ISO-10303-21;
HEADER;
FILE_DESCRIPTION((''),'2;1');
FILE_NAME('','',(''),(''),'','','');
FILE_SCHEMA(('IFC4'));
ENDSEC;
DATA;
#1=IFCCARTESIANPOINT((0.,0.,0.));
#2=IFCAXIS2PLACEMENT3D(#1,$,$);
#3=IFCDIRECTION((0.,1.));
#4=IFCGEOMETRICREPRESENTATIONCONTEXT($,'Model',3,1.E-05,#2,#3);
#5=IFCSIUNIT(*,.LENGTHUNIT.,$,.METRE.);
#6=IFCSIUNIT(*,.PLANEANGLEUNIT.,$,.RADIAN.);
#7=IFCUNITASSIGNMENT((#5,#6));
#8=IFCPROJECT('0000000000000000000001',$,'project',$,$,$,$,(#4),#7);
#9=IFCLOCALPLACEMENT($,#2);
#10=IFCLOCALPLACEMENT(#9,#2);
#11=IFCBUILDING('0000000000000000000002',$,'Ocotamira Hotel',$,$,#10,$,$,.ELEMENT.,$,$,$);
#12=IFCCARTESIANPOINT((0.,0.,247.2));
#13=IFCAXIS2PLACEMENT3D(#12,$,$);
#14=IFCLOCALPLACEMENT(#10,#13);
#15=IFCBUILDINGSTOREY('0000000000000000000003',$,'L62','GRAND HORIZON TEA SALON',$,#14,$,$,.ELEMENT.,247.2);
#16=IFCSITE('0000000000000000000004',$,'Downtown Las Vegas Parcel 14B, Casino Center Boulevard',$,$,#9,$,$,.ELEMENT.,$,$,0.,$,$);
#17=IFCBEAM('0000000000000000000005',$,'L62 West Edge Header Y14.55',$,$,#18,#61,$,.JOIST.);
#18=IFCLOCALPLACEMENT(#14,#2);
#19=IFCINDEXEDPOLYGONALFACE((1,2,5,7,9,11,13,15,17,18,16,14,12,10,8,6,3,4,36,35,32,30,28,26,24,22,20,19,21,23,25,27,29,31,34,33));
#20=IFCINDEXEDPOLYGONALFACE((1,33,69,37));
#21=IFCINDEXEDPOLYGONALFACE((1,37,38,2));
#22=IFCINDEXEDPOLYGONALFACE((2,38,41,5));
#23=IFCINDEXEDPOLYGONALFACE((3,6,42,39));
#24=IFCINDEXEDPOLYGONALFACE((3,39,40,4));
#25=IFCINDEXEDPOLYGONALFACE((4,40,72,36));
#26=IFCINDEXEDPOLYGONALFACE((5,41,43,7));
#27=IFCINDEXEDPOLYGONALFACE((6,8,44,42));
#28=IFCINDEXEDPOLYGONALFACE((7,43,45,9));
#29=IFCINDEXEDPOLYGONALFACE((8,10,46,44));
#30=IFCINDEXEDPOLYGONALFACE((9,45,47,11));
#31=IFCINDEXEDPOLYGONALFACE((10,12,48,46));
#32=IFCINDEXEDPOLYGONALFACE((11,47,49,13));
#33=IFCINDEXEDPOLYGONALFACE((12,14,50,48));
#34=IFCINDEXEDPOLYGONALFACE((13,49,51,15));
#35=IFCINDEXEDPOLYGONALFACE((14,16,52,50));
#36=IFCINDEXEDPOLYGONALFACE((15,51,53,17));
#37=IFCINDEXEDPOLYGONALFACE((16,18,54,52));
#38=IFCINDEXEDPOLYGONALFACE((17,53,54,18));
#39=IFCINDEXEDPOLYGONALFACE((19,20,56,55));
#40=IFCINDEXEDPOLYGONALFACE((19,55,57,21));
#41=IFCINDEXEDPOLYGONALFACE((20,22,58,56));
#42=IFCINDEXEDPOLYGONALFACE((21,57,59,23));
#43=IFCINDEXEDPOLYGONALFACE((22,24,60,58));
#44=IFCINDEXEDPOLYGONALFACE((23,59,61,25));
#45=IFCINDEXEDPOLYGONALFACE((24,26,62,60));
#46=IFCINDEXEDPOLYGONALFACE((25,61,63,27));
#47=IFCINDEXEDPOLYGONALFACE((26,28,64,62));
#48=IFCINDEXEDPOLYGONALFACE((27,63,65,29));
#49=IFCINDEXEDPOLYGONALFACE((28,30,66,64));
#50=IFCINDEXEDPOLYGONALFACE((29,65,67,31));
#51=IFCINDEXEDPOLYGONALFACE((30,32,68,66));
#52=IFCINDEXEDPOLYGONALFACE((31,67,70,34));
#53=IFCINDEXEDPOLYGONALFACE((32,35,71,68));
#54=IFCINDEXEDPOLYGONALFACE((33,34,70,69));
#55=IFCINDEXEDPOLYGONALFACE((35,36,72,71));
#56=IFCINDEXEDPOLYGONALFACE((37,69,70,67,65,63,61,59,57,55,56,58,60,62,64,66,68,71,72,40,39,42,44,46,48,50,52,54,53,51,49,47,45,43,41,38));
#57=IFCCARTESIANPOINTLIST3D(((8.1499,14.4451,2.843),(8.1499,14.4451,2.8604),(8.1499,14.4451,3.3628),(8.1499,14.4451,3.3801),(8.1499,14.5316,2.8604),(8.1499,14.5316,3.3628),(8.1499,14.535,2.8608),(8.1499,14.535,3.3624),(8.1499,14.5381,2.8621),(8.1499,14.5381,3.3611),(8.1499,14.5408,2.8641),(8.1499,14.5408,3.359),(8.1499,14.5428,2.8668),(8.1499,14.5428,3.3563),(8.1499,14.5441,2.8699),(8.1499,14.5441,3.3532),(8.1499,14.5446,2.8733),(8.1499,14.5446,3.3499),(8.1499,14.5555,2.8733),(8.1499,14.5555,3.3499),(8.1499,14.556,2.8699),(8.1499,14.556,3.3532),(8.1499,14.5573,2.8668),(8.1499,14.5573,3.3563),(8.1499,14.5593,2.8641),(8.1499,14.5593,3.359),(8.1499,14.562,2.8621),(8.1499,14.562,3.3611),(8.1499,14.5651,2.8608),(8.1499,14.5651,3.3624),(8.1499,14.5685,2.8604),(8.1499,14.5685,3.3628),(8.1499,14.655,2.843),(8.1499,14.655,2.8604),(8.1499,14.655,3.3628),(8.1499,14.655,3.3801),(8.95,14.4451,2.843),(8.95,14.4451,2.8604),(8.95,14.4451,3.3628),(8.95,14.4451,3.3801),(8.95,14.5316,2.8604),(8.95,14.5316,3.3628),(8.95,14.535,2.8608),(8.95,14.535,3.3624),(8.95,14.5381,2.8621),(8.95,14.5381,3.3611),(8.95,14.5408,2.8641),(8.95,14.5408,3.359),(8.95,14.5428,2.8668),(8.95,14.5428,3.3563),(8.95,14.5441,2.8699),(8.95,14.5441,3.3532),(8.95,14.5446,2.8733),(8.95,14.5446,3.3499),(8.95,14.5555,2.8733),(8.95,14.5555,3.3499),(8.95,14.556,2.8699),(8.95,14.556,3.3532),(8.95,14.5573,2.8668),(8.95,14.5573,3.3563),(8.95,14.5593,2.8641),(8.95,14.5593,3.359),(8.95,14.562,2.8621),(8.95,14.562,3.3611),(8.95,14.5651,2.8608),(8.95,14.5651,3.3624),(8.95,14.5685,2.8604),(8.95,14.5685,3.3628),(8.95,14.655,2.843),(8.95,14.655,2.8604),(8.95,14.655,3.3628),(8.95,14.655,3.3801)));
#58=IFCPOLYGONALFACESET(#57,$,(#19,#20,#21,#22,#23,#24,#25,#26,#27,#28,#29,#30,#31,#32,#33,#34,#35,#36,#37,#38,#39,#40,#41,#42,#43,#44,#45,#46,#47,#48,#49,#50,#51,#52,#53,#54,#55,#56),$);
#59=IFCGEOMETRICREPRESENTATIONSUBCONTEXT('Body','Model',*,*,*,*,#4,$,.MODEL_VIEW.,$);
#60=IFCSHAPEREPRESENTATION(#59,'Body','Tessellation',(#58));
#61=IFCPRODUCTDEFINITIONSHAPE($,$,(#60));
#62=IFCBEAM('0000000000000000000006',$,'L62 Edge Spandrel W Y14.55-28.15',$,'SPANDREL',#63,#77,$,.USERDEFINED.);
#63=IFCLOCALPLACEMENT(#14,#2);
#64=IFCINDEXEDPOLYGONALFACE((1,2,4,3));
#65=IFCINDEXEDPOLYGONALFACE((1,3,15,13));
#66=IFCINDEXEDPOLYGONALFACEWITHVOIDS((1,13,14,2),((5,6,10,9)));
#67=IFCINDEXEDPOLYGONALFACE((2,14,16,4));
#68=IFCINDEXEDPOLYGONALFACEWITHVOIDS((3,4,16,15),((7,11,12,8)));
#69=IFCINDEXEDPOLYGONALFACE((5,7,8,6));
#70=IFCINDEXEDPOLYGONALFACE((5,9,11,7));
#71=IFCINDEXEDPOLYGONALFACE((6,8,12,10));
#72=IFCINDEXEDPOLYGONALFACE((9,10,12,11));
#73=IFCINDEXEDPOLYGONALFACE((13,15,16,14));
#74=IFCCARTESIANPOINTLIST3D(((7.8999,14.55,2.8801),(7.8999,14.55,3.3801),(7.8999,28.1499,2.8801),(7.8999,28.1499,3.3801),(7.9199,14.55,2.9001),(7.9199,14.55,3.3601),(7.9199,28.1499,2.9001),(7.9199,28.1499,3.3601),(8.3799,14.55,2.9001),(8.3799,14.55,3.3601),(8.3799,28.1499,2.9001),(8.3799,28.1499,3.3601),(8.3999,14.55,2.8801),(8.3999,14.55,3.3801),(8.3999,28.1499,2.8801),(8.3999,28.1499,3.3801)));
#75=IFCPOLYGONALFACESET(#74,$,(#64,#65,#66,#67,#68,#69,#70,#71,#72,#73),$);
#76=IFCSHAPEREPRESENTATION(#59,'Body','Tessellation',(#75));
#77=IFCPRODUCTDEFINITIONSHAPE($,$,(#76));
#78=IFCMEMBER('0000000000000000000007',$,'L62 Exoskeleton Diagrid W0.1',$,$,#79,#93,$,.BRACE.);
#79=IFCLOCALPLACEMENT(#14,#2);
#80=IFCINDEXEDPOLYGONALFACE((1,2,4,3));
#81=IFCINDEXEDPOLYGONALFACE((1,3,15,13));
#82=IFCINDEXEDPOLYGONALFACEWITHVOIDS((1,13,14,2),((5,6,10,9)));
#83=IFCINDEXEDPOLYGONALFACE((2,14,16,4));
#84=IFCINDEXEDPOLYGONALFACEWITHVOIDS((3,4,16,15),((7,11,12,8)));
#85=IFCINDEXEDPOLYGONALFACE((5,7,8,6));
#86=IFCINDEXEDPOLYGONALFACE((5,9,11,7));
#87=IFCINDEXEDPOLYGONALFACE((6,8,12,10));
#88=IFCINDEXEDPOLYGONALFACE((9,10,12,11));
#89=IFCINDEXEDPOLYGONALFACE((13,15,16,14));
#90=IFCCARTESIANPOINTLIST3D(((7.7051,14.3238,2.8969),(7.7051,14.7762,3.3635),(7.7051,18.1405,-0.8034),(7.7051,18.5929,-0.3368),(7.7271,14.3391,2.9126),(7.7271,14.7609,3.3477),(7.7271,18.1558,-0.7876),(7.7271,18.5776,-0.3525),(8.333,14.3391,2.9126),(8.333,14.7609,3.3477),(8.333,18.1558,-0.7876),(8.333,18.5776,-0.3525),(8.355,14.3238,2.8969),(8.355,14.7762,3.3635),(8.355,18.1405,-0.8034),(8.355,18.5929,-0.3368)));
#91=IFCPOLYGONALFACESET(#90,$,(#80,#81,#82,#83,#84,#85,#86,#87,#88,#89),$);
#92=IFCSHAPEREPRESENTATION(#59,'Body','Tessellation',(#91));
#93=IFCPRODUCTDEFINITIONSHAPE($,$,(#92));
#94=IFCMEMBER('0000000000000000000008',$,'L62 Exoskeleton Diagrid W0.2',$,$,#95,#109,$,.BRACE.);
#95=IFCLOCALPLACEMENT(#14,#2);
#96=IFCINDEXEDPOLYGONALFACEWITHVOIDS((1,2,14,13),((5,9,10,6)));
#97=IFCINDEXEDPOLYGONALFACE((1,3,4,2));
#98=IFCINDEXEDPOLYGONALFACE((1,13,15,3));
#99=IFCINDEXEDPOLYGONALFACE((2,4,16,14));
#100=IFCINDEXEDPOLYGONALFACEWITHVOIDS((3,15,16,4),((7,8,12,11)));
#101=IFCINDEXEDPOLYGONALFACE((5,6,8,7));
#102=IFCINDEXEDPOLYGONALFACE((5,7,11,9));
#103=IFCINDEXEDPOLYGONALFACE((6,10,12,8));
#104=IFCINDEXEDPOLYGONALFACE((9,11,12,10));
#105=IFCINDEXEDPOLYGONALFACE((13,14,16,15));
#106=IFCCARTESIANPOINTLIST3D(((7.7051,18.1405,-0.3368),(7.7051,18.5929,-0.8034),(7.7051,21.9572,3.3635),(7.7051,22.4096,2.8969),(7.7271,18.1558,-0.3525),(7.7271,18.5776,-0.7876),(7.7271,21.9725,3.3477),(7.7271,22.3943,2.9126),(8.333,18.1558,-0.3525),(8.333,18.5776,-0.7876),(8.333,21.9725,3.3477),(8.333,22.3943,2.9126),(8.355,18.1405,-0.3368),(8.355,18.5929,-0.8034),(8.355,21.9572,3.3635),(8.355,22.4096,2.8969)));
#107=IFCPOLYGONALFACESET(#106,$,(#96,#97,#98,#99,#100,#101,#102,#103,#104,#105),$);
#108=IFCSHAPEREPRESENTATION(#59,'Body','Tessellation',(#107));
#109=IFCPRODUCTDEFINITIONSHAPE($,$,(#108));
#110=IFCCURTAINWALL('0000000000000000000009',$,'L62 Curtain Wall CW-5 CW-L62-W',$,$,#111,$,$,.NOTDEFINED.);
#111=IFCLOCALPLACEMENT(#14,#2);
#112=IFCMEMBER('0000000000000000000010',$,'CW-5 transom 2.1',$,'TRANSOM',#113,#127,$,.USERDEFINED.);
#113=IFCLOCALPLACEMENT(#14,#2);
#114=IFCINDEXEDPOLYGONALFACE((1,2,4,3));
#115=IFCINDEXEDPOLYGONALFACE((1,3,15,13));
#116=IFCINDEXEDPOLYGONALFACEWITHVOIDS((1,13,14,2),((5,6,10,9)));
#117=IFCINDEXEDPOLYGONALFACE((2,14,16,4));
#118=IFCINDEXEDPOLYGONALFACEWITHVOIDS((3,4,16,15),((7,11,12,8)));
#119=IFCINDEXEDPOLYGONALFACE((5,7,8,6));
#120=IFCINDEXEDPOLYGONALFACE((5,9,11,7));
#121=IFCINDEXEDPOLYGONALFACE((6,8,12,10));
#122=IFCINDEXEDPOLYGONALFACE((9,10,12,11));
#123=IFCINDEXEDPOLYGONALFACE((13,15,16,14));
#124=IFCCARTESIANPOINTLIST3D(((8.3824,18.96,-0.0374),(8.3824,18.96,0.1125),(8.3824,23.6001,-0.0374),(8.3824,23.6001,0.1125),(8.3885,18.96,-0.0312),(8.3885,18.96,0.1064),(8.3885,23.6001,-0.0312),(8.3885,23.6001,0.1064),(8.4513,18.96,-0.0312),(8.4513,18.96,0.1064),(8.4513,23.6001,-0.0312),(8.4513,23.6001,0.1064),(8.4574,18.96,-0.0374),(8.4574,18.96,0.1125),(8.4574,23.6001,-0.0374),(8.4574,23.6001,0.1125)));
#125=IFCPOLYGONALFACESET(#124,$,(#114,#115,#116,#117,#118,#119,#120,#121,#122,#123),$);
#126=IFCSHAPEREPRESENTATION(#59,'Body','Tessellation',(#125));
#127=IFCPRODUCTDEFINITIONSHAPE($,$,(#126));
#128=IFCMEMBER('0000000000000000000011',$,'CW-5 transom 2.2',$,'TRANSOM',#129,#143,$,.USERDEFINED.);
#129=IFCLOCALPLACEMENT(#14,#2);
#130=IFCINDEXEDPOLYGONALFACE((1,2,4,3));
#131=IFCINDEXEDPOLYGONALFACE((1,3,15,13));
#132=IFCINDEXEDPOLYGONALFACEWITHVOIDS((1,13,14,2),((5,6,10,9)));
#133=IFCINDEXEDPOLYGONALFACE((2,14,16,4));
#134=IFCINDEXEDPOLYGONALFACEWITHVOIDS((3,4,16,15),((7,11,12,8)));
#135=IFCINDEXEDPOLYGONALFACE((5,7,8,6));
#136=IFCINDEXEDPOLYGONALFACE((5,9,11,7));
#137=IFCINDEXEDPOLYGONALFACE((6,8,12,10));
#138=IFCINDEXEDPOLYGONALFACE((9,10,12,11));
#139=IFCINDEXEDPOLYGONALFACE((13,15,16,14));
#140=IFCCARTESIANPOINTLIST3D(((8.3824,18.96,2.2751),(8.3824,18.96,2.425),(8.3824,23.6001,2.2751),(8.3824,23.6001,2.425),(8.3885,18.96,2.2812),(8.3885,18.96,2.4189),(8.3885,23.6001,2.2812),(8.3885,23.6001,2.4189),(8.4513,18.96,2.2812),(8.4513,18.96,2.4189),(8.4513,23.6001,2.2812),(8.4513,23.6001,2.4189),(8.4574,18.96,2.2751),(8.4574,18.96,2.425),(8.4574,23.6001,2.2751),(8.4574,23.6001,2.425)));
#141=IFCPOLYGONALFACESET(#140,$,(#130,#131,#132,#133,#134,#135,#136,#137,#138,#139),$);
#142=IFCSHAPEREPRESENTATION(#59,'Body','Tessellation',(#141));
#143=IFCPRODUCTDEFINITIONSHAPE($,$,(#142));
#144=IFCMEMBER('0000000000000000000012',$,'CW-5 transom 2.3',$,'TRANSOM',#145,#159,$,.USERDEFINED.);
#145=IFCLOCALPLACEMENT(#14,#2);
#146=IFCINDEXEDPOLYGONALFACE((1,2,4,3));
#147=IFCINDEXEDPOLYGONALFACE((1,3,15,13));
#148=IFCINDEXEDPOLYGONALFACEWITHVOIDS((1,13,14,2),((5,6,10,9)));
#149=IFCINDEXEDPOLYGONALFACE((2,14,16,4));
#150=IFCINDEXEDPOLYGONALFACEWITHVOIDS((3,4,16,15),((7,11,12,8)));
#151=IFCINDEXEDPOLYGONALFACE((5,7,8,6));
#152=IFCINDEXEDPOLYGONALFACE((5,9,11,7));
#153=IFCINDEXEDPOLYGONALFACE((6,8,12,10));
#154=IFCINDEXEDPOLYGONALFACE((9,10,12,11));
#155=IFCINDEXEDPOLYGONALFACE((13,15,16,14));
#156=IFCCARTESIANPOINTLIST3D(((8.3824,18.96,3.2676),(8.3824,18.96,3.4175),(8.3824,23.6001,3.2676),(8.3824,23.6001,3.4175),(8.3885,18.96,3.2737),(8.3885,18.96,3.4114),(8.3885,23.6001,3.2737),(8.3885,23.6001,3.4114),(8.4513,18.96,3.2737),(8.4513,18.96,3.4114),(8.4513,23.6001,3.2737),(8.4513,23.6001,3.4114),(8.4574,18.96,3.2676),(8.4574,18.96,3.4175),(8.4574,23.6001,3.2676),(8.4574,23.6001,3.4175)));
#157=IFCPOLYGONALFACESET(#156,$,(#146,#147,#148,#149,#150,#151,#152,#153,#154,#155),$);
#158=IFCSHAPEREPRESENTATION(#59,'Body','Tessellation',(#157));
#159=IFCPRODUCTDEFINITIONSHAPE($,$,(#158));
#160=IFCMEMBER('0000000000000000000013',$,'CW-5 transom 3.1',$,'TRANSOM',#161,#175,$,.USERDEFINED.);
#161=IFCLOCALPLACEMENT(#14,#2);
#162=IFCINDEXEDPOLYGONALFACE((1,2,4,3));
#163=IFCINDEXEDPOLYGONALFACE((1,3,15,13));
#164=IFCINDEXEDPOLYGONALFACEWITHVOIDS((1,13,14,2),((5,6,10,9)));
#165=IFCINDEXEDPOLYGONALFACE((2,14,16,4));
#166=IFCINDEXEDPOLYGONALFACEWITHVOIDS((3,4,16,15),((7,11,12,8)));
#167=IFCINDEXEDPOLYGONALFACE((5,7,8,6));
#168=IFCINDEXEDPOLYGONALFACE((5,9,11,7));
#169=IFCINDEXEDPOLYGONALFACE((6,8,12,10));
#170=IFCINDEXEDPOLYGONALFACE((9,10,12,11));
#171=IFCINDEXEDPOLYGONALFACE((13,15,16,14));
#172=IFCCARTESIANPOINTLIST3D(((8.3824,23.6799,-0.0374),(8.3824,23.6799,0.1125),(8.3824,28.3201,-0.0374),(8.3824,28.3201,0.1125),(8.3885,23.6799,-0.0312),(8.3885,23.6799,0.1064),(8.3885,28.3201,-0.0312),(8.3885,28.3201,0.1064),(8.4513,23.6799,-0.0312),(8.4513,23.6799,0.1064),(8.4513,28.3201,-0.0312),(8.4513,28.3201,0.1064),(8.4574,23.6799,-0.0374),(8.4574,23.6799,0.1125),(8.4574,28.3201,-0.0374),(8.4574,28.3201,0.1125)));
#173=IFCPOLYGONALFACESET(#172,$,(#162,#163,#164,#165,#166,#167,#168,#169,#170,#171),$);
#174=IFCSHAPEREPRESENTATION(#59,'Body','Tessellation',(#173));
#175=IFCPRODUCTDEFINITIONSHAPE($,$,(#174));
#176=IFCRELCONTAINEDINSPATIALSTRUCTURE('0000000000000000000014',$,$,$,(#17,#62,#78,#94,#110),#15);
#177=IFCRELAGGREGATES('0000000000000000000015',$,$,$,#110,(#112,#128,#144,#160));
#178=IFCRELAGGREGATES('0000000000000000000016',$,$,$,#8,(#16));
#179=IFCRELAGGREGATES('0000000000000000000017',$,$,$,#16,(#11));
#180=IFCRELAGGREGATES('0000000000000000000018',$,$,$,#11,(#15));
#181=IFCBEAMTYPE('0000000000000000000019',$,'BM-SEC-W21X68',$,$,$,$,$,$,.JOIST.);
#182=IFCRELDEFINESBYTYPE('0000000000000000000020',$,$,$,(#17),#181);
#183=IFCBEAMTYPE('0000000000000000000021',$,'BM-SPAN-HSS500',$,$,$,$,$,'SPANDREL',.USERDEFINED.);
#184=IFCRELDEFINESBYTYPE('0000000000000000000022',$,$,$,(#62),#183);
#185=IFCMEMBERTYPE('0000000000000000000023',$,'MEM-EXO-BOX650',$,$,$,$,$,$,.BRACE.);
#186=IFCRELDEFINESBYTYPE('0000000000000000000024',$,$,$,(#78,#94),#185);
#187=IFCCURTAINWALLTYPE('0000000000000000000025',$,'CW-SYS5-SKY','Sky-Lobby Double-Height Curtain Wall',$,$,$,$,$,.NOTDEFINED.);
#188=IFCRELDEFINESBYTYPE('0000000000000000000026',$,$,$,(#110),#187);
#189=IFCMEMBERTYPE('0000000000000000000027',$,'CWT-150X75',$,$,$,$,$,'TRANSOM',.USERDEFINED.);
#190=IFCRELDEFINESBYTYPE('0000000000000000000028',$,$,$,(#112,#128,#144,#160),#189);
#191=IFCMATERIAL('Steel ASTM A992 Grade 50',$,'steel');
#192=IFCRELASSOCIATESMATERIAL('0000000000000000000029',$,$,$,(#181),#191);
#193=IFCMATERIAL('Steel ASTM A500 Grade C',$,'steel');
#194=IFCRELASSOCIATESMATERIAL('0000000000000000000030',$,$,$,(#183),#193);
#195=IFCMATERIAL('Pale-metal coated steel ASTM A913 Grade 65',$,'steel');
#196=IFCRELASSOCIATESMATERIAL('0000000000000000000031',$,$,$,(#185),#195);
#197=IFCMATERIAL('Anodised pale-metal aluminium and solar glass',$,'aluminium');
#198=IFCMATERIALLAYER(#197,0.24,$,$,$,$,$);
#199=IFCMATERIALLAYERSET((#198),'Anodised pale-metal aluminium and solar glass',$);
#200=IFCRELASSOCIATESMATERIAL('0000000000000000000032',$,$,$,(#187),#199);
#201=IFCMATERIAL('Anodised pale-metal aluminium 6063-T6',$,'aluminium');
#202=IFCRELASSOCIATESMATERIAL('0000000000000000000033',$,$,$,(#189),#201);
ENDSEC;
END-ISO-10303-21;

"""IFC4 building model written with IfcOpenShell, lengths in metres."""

from ifc_helpers import new_model, si_unit, direction, frame, origin, origin_2d, place, context, subcontext, project, spatial, hollow_rectangle, i_section, extrude, source, transform, mapped, material, layer, layer_set, material_profile, profile_set, type_object, element, aggregate, save


model = new_model("IFC4")

# Units and contexts
model_context = context("Model", 3, precision=1e-05, world=origin(), true_north=direction((0.0, 1.0)))
body_context = subcontext(model_context, "Body", "Model", "MODEL_VIEW")
ifc_project = project(units=[si_unit("LENGTHUNIT", "METRE"), si_unit("PLANEANGLEUNIT", "RADIAN")], contexts=[model_context])

# Site, building, storey
site_placement = place(None, origin())
site = spatial("IfcSite", under=ifc_project, at=site_placement, Name="Downtown Las Vegas Parcel 14B, Casino Center Boulevard", CompositionType="ELEMENT", RefElevation=0.0)
building_placement = place(site_placement, origin())
building = spatial("IfcBuilding", under=site, at=building_placement, Name="Ocotamira Hotel", CompositionType="ELEMENT")
storey_placement = place(building_placement, frame((0.0, 0.0, 247.2)))
storey = spatial("IfcBuildingStorey", under=building, at=storey_placement, Name="L62", Description="GRAND HORIZON TEA SALON", CompositionType="ELEMENT", Elevation=247.2)

# Beams
ifc_material_1 = material(Name="Steel ASTM A992 Grade 50", Category="steel")
ifc_material_profile_1 = material_profile(ifc_material_1, i_section(OverallWidth=0.21, OverallDepth=0.5371, WebThickness=0.011, FlangeThickness=0.0173, FilletRadius=0.0129, at=origin_2d()), Name="W21X68")
ifc_profile_set_1 = profile_set([ifc_material_profile_1], Name="Steel ASTM A992 Grade 50")
beam_type_1 = type_object("IfcBeamType", Name="BM-SEC-W21X68", PredefinedType="JOIST", material=ifc_profile_set_1)
shared_shape_1 = source(origin(), body_context, "Body", "SweptSolid", [
    extrude(i_section(OverallWidth=0.21, OverallDepth=0.5371, WebThickness=0.011, FlangeThickness=0.0173, FilletRadius=0.0129, at=origin_2d()), origin(), (0.0, 0.0, 1.0), 0.8),
])
beam_1_placement = place(storey_placement, frame((8.95, 14.55, 3.1116), z_axis=(-1.0, 0.0, 0.0), x_axis=(0.0, -1.0, 0.0)))
element("IfcBeam", 1, at=beam_1_placement, inside=storey, type_object=beam_type_1, Name="L62 West Edge Header Y14.55", PredefinedType="JOIST", context=body_context, shape_type="MappedRepresentation", body=[
    mapped(shared_shape_1, transform((0.0, 0.0, 0.0), scale=1.0)),
])
ifc_material_2 = material(Name="Steel ASTM A500 Grade C", Category="steel")
ifc_material_profile_2 = material_profile(ifc_material_2, hollow_rectangle(XDim=0.5, YDim=0.5, WallThickness=0.02, at=origin_2d()), Name="HSS500X500X20")
ifc_profile_set_2 = profile_set([ifc_material_profile_2], Name="Steel ASTM A500 Grade C")
beam_type_2 = type_object("IfcBeamType", Name="BM-SPAN-HSS500", ElementType="SPANDREL", PredefinedType="USERDEFINED", material=ifc_profile_set_2)
shared_shape_2 = source(origin(), body_context, "Body", "SweptSolid", [
    extrude(hollow_rectangle(XDim=0.5, YDim=0.5, WallThickness=0.02, at=origin_2d()), origin(), (0.0, 0.0, 1.0), 13.5999),
])
beam_2_placement = place(storey_placement, frame((8.1499, 14.55, 3.1301), z_axis=(0.0, 1.0, 0.0), x_axis=(-1.0, 0.0, 0.0)))
element("IfcBeam", 2, at=beam_2_placement, inside=storey, type_object=beam_type_2, Name="L62 Edge Spandrel W Y14.55-28.15", ObjectType="SPANDREL", PredefinedType="USERDEFINED", context=body_context, shape_type="MappedRepresentation", body=[
    mapped(shared_shape_2, transform((0.0, 0.0, 0.0), scale=1.0)),
])

# Members
ifc_material_3 = material(Name="Pale-metal coated steel ASTM A913 Grade 65", Category="steel")
ifc_material_profile_3 = material_profile(ifc_material_3, hollow_rectangle(XDim=0.6499, YDim=0.6499, WallThickness=0.022, at=origin_2d()), Name="BOX650X650X22")
ifc_profile_set_3 = profile_set([ifc_material_profile_3], Name="Pale-metal coated steel ASTM A913 Grade 65")
member_type_1 = type_object("IfcMemberType", Name="MEM-EXO-BOX650", PredefinedType="BRACE", material=ifc_profile_set_3)
shared_shape_3 = source(origin(), body_context, "Body", "SweptSolid", [
    extrude(hollow_rectangle(XDim=0.6499, YDim=0.6499, WallThickness=0.022, at=origin_2d()), origin(), (0.0, 0.0, 1.0), 5.3159),
])
for number, where, z_axis, x_axis, name in (
    (3, (8.03, 18.3667, -0.5701), (0.0, -0.717976, 0.696068), (1.0, 0.0, 0.0), "L62 Exoskeleton Diagrid W0.1"),
    (4, (8.03, 18.3667, -0.5701), (0.0, 0.717976, 0.696068), (-1.0, 0.0, 0.0), "L62 Exoskeleton Diagrid W0.2"),
):
    element("IfcMember", number, at=place(storey_placement, frame(where, z_axis=z_axis, x_axis=x_axis)), inside=storey, type_object=member_type_1, Name=name, PredefinedType="BRACE", context=body_context, shape_type="MappedRepresentation", body=[
        mapped(shared_shape_3, transform((0.0, 0.0, 0.0), scale=1.0)),
    ])

# Curtain wall, members
ifc_material_4 = material(Name="Anodised pale-metal aluminium and solar glass", Category="aluminium")
ifc_layer_1 = layer(ifc_material_4, 0.24)
ifc_layer_set_1 = layer_set([ifc_layer_1], Name="Anodised pale-metal aluminium and solar glass")
curtain_wall_type = type_object("IfcCurtainWallType", Name="CW-SYS5-SKY", Description="Sky-Lobby Double-Height Curtain Wall", PredefinedType="NOTDEFINED", material=ifc_layer_set_1)
curtain_wall_placement = place(storey_placement, origin())
curtain_wall = element("IfcCurtainWall", 5, at=curtain_wall_placement, inside=storey, type_object=curtain_wall_type, Name="L62 Curtain Wall CW-5 CW-L62-W", PredefinedType="NOTDEFINED")
ifc_material_5 = material(Name="Anodised pale-metal aluminium 6063-T6", Category="aluminium")
ifc_material_profile_4 = material_profile(ifc_material_5, hollow_rectangle(XDim=0.075, YDim=0.1499, WallThickness=0.0061, at=origin_2d()), Name="HSS150X75X6")
ifc_profile_set_4 = profile_set([ifc_material_profile_4], Name="Anodised pale-metal aluminium 6063-T6")
member_type_2 = type_object("IfcMemberType", Name="CWT-150X75", ElementType="TRANSOM", PredefinedType="USERDEFINED", material=ifc_profile_set_4)
shared_shape_4 = source(origin(), body_context, "Body", "SweptSolid", [
    extrude(hollow_rectangle(XDim=0.075, YDim=0.1499, WallThickness=0.0061, at=origin_2d()), origin(), (0.0, 0.0, 1.0), 4.6401),
])
member_1_placement = place(storey_placement, frame((8.4199, 18.96, 0.0376), z_axis=(0.0, 1.0, 0.0), x_axis=(-1.0, 0.0, 0.0)))
member_1 = element("IfcMember", 6, at=member_1_placement, type_object=member_type_2, Name="CW-5 transom 2.1", ObjectType="TRANSOM", PredefinedType="USERDEFINED", context=body_context, shape_type="MappedRepresentation", body=[
    mapped(shared_shape_4, transform((0.0, 0.0, 0.0), scale=1.0)),
])
member_2_placement = place(storey_placement, frame((8.4199, 18.96, 2.3501), z_axis=(0.0, 1.0, 0.0), x_axis=(-1.0, 0.0, 0.0)))
member_2 = element("IfcMember", 7, at=member_2_placement, type_object=member_type_2, Name="CW-5 transom 2.2", ObjectType="TRANSOM", PredefinedType="USERDEFINED", context=body_context, shape_type="MappedRepresentation", body=[
    mapped(shared_shape_4, transform((0.0, 0.0, 0.0), scale=1.0)),
])
member_3_placement = place(storey_placement, frame((8.4199, 18.96, 3.3425), z_axis=(0.0, 1.0, 0.0), x_axis=(-1.0, 0.0, 0.0)))
member_3 = element("IfcMember", 8, at=member_3_placement, type_object=member_type_2, Name="CW-5 transom 2.3", ObjectType="TRANSOM", PredefinedType="USERDEFINED", context=body_context, shape_type="MappedRepresentation", body=[
    mapped(shared_shape_4, transform((0.0, 0.0, 0.0), scale=1.0)),
])
member_4_placement = place(storey_placement, frame((8.4199, 23.6799, 0.0376), z_axis=(0.0, 1.0, 0.0), x_axis=(-1.0, 0.0, 0.0)))
member_4 = element("IfcMember", 9, at=member_4_placement, type_object=member_type_2, Name="CW-5 transom 3.1", ObjectType="TRANSOM", PredefinedType="USERDEFINED", context=body_context, shape_type="MappedRepresentation", body=[
    mapped(shared_shape_4, transform((0.0, 0.0, 0.0), scale=1.0)),
])

aggregate(curtain_wall, [member_1, member_2, member_3, member_4])

save(model, "model.ifc")
